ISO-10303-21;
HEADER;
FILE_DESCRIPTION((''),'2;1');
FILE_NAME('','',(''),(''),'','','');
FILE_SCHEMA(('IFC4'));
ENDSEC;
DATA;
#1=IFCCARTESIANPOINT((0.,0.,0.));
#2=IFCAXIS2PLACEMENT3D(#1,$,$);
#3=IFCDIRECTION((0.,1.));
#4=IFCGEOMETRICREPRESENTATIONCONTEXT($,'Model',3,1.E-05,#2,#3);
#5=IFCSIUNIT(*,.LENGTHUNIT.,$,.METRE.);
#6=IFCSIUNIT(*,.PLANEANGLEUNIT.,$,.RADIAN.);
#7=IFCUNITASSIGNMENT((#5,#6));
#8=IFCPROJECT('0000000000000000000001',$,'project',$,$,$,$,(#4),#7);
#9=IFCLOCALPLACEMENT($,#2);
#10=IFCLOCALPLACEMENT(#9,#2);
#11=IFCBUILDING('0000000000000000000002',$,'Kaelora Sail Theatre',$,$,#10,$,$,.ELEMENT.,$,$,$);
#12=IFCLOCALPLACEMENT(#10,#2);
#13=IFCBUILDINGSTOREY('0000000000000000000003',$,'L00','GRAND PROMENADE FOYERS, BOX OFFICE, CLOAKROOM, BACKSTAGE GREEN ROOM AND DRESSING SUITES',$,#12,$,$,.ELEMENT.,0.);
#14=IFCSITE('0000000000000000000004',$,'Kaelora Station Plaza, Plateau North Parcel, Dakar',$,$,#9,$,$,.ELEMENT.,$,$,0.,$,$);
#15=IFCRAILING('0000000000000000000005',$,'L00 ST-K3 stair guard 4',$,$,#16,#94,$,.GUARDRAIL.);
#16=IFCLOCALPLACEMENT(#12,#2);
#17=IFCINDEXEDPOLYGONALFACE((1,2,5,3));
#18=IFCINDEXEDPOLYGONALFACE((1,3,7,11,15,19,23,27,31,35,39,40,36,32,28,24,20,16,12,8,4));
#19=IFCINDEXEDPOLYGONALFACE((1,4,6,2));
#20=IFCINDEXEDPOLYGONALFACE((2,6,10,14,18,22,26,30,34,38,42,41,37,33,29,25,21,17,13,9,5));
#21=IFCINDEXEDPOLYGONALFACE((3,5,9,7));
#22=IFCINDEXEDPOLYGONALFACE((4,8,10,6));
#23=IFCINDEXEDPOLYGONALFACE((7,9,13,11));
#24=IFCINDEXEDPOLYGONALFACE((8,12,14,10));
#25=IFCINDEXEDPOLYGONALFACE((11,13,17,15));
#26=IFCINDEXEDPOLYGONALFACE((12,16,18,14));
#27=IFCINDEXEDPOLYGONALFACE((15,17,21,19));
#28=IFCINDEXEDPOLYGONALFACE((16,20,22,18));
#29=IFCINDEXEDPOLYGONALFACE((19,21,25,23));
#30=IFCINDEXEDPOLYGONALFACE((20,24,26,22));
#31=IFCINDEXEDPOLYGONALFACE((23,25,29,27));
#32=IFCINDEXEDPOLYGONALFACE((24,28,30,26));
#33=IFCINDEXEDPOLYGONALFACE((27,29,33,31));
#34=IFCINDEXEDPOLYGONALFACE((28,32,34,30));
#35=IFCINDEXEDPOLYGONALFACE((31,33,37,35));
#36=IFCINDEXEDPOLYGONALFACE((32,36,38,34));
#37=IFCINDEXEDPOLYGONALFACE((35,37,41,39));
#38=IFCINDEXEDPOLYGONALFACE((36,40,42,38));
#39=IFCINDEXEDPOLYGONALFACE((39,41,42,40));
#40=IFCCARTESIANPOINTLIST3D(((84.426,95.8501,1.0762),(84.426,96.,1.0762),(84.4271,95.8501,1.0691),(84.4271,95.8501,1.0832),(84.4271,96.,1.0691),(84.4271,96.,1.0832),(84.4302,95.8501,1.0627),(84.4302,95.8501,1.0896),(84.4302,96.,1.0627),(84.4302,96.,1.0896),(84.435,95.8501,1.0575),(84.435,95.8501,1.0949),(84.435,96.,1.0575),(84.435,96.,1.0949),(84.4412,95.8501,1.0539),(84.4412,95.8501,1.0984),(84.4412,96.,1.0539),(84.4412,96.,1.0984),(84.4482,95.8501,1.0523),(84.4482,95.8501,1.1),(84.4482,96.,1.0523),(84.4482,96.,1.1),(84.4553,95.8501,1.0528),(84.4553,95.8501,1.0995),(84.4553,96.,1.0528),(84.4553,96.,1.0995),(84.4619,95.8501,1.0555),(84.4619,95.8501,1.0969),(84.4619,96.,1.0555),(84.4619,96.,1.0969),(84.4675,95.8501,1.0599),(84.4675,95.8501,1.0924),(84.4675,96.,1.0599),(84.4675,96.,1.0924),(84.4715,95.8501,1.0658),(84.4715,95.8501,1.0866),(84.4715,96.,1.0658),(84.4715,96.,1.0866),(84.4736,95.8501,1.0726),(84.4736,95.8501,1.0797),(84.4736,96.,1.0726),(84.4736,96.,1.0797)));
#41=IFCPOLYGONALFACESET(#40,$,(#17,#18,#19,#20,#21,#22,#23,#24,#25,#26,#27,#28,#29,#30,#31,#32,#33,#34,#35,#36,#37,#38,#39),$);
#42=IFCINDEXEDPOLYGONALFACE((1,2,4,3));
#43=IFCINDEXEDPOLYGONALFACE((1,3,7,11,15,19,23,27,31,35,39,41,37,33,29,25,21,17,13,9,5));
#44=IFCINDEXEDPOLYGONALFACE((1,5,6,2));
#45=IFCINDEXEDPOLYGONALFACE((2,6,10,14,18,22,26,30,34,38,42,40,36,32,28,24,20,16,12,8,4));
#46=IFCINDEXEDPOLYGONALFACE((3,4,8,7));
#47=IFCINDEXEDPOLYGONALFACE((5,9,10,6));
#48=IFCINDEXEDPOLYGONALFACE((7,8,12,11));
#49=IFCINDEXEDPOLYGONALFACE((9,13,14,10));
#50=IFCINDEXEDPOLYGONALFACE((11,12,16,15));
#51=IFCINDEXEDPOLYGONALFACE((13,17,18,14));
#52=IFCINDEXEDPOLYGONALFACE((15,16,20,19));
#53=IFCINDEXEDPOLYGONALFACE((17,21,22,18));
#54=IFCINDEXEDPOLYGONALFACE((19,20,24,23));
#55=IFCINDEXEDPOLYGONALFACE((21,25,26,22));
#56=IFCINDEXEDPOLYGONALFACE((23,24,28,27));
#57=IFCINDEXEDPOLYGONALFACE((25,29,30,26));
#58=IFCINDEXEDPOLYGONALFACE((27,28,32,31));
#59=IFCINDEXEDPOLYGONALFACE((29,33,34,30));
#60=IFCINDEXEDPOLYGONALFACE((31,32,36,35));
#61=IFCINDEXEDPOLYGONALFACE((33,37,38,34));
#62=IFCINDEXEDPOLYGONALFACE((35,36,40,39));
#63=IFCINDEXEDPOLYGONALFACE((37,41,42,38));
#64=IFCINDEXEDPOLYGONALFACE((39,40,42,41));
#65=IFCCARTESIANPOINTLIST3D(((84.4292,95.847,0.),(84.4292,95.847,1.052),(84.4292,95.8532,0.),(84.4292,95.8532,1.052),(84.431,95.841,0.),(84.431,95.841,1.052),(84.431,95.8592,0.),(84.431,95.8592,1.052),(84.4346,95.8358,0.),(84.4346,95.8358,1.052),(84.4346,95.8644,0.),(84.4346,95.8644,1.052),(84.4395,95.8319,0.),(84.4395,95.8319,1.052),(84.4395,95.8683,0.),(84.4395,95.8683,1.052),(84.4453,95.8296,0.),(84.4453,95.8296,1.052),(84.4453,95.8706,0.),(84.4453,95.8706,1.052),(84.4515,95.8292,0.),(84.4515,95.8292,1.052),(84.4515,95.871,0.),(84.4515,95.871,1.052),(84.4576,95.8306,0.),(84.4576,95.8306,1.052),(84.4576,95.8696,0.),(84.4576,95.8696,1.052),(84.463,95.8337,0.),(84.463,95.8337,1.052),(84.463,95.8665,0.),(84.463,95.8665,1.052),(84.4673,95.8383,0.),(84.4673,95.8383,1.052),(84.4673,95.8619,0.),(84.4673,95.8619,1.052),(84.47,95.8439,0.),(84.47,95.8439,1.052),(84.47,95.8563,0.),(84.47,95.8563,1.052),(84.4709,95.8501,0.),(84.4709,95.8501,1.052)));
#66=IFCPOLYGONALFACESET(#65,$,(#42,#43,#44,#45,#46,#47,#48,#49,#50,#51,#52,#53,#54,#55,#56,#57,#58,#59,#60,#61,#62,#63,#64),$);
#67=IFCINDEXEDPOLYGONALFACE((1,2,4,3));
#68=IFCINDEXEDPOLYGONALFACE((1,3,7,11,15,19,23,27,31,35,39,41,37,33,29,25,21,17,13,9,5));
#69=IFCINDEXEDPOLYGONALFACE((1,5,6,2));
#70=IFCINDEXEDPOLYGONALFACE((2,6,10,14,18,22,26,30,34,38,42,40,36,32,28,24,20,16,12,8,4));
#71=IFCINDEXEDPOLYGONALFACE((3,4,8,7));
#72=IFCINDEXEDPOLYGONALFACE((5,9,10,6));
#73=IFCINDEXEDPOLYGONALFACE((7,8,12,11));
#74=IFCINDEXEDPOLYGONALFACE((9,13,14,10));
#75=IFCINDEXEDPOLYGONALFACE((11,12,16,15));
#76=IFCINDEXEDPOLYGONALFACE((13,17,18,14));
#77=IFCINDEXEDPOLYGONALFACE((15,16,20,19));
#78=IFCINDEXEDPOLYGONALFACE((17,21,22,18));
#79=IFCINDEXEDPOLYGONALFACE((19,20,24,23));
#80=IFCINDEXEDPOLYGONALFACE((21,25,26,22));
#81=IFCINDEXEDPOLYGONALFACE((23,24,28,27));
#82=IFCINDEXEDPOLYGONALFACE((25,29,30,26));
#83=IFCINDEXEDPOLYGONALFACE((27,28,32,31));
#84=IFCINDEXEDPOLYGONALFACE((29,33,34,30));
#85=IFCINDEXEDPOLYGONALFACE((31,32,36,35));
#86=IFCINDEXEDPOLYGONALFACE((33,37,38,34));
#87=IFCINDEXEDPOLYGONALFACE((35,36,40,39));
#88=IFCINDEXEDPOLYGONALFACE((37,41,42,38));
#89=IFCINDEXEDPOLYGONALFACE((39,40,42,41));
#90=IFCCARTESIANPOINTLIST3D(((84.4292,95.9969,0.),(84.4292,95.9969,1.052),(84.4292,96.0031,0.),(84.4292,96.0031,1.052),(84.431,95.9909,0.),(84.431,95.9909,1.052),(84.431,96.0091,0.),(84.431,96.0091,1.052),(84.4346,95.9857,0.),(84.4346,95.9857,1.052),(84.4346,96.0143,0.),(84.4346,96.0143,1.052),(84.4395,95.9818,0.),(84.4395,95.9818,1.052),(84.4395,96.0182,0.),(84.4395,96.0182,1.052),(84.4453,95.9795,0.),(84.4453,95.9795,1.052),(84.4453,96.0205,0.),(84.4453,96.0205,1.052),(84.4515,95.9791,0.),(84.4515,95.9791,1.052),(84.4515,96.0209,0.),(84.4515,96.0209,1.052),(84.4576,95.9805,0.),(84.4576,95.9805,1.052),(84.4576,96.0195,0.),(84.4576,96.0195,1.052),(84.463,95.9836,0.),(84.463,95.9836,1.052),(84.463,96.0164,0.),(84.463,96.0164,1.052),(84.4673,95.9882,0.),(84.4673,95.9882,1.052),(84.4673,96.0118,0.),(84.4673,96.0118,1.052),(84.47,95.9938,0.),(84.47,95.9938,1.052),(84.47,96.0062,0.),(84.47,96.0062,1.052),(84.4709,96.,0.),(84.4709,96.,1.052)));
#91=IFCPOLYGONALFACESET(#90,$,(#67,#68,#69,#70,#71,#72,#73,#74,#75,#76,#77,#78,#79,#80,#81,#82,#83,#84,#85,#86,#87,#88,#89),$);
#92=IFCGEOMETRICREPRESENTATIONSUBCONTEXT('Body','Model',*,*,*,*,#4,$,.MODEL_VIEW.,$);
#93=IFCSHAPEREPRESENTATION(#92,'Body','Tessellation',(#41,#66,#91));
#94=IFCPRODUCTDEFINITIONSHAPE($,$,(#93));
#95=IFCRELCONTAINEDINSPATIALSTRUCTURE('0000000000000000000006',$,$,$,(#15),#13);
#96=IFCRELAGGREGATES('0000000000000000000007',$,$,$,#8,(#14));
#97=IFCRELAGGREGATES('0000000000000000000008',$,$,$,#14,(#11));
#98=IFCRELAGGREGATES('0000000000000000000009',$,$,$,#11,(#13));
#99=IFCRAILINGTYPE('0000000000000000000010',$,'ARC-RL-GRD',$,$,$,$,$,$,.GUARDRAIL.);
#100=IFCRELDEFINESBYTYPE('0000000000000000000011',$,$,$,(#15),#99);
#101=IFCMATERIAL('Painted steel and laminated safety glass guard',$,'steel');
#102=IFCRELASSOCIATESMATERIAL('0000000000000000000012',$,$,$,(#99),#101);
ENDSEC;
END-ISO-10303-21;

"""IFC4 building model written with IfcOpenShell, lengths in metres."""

from ifc_helpers import new_model, si_unit, direction, frame, origin, origin_2d, place, context, subcontext, project, spatial, circle, extrude, material, type_object, element, save


model = new_model("IFC4")

# Units and contexts
model_context = context("Model", 3, precision=1e-05, world=origin(), true_north=direction((0.0, 1.0)))
body_context = subcontext(model_context, "Body", "Model", "MODEL_VIEW")
ifc_project = project(units=[si_unit("LENGTHUNIT", "METRE"), si_unit("PLANEANGLEUNIT", "RADIAN")], contexts=[model_context])

# Site, building, storey
site_placement = place(None, origin())
site = spatial("IfcSite", under=ifc_project, at=site_placement, Name="Kaelora Station Plaza, Plateau North Parcel, Dakar", CompositionType="ELEMENT", RefElevation=0.0)
building_placement = place(site_placement, origin())
building = spatial("IfcBuilding", under=site, at=building_placement, Name="Kaelora Sail Theatre", CompositionType="ELEMENT")
storey_placement = place(building_placement, origin())
storey = spatial("IfcBuildingStorey", under=building, at=storey_placement, Name="L00", Description="GRAND PROMENADE FOYERS, BOX OFFICE, CLOAKROOM, BACKSTAGE GREEN ROOM AND DRESSING SUITES", CompositionType="ELEMENT", Elevation=0.0)

# Railing
ifc_material_1 = material(Name="Painted steel and laminated safety glass guard", Category="steel")
railing_type_1 = type_object("IfcRailingType", Name="ARC-RL-GRD", PredefinedType="GUARDRAIL", material=ifc_material_1)
railing_1_placement = place(storey_placement, frame((84.45, 95.8501, 0.0)))
element("IfcRailing", 1, at=railing_1_placement, inside=storey, type_object=railing_type_1, Name="L00 ST-K3 stair guard 4", PredefinedType="GUARDRAIL", context=body_context, shape_type="SweptSolid", body=[
    extrude(circle(Radius=0.0239, at=origin_2d()), frame((0.0, 0.0, 1.0762), z_axis=(0.0, 1.0, 0.0), x_axis=(-1.0, 0.0, 0.0)), (0.0, 0.0, 1.0), 0.1499),
    extrude(circle(Radius=0.021, at=origin_2d()), origin(), (0.0, 0.0, 1.0), 1.052),
    extrude(circle(Radius=0.021, at=origin_2d()), frame((0.0, 0.1499, 0.0)), (0.0, 0.0, 1.0), 1.052),
])

save(model, "model.ifc")
